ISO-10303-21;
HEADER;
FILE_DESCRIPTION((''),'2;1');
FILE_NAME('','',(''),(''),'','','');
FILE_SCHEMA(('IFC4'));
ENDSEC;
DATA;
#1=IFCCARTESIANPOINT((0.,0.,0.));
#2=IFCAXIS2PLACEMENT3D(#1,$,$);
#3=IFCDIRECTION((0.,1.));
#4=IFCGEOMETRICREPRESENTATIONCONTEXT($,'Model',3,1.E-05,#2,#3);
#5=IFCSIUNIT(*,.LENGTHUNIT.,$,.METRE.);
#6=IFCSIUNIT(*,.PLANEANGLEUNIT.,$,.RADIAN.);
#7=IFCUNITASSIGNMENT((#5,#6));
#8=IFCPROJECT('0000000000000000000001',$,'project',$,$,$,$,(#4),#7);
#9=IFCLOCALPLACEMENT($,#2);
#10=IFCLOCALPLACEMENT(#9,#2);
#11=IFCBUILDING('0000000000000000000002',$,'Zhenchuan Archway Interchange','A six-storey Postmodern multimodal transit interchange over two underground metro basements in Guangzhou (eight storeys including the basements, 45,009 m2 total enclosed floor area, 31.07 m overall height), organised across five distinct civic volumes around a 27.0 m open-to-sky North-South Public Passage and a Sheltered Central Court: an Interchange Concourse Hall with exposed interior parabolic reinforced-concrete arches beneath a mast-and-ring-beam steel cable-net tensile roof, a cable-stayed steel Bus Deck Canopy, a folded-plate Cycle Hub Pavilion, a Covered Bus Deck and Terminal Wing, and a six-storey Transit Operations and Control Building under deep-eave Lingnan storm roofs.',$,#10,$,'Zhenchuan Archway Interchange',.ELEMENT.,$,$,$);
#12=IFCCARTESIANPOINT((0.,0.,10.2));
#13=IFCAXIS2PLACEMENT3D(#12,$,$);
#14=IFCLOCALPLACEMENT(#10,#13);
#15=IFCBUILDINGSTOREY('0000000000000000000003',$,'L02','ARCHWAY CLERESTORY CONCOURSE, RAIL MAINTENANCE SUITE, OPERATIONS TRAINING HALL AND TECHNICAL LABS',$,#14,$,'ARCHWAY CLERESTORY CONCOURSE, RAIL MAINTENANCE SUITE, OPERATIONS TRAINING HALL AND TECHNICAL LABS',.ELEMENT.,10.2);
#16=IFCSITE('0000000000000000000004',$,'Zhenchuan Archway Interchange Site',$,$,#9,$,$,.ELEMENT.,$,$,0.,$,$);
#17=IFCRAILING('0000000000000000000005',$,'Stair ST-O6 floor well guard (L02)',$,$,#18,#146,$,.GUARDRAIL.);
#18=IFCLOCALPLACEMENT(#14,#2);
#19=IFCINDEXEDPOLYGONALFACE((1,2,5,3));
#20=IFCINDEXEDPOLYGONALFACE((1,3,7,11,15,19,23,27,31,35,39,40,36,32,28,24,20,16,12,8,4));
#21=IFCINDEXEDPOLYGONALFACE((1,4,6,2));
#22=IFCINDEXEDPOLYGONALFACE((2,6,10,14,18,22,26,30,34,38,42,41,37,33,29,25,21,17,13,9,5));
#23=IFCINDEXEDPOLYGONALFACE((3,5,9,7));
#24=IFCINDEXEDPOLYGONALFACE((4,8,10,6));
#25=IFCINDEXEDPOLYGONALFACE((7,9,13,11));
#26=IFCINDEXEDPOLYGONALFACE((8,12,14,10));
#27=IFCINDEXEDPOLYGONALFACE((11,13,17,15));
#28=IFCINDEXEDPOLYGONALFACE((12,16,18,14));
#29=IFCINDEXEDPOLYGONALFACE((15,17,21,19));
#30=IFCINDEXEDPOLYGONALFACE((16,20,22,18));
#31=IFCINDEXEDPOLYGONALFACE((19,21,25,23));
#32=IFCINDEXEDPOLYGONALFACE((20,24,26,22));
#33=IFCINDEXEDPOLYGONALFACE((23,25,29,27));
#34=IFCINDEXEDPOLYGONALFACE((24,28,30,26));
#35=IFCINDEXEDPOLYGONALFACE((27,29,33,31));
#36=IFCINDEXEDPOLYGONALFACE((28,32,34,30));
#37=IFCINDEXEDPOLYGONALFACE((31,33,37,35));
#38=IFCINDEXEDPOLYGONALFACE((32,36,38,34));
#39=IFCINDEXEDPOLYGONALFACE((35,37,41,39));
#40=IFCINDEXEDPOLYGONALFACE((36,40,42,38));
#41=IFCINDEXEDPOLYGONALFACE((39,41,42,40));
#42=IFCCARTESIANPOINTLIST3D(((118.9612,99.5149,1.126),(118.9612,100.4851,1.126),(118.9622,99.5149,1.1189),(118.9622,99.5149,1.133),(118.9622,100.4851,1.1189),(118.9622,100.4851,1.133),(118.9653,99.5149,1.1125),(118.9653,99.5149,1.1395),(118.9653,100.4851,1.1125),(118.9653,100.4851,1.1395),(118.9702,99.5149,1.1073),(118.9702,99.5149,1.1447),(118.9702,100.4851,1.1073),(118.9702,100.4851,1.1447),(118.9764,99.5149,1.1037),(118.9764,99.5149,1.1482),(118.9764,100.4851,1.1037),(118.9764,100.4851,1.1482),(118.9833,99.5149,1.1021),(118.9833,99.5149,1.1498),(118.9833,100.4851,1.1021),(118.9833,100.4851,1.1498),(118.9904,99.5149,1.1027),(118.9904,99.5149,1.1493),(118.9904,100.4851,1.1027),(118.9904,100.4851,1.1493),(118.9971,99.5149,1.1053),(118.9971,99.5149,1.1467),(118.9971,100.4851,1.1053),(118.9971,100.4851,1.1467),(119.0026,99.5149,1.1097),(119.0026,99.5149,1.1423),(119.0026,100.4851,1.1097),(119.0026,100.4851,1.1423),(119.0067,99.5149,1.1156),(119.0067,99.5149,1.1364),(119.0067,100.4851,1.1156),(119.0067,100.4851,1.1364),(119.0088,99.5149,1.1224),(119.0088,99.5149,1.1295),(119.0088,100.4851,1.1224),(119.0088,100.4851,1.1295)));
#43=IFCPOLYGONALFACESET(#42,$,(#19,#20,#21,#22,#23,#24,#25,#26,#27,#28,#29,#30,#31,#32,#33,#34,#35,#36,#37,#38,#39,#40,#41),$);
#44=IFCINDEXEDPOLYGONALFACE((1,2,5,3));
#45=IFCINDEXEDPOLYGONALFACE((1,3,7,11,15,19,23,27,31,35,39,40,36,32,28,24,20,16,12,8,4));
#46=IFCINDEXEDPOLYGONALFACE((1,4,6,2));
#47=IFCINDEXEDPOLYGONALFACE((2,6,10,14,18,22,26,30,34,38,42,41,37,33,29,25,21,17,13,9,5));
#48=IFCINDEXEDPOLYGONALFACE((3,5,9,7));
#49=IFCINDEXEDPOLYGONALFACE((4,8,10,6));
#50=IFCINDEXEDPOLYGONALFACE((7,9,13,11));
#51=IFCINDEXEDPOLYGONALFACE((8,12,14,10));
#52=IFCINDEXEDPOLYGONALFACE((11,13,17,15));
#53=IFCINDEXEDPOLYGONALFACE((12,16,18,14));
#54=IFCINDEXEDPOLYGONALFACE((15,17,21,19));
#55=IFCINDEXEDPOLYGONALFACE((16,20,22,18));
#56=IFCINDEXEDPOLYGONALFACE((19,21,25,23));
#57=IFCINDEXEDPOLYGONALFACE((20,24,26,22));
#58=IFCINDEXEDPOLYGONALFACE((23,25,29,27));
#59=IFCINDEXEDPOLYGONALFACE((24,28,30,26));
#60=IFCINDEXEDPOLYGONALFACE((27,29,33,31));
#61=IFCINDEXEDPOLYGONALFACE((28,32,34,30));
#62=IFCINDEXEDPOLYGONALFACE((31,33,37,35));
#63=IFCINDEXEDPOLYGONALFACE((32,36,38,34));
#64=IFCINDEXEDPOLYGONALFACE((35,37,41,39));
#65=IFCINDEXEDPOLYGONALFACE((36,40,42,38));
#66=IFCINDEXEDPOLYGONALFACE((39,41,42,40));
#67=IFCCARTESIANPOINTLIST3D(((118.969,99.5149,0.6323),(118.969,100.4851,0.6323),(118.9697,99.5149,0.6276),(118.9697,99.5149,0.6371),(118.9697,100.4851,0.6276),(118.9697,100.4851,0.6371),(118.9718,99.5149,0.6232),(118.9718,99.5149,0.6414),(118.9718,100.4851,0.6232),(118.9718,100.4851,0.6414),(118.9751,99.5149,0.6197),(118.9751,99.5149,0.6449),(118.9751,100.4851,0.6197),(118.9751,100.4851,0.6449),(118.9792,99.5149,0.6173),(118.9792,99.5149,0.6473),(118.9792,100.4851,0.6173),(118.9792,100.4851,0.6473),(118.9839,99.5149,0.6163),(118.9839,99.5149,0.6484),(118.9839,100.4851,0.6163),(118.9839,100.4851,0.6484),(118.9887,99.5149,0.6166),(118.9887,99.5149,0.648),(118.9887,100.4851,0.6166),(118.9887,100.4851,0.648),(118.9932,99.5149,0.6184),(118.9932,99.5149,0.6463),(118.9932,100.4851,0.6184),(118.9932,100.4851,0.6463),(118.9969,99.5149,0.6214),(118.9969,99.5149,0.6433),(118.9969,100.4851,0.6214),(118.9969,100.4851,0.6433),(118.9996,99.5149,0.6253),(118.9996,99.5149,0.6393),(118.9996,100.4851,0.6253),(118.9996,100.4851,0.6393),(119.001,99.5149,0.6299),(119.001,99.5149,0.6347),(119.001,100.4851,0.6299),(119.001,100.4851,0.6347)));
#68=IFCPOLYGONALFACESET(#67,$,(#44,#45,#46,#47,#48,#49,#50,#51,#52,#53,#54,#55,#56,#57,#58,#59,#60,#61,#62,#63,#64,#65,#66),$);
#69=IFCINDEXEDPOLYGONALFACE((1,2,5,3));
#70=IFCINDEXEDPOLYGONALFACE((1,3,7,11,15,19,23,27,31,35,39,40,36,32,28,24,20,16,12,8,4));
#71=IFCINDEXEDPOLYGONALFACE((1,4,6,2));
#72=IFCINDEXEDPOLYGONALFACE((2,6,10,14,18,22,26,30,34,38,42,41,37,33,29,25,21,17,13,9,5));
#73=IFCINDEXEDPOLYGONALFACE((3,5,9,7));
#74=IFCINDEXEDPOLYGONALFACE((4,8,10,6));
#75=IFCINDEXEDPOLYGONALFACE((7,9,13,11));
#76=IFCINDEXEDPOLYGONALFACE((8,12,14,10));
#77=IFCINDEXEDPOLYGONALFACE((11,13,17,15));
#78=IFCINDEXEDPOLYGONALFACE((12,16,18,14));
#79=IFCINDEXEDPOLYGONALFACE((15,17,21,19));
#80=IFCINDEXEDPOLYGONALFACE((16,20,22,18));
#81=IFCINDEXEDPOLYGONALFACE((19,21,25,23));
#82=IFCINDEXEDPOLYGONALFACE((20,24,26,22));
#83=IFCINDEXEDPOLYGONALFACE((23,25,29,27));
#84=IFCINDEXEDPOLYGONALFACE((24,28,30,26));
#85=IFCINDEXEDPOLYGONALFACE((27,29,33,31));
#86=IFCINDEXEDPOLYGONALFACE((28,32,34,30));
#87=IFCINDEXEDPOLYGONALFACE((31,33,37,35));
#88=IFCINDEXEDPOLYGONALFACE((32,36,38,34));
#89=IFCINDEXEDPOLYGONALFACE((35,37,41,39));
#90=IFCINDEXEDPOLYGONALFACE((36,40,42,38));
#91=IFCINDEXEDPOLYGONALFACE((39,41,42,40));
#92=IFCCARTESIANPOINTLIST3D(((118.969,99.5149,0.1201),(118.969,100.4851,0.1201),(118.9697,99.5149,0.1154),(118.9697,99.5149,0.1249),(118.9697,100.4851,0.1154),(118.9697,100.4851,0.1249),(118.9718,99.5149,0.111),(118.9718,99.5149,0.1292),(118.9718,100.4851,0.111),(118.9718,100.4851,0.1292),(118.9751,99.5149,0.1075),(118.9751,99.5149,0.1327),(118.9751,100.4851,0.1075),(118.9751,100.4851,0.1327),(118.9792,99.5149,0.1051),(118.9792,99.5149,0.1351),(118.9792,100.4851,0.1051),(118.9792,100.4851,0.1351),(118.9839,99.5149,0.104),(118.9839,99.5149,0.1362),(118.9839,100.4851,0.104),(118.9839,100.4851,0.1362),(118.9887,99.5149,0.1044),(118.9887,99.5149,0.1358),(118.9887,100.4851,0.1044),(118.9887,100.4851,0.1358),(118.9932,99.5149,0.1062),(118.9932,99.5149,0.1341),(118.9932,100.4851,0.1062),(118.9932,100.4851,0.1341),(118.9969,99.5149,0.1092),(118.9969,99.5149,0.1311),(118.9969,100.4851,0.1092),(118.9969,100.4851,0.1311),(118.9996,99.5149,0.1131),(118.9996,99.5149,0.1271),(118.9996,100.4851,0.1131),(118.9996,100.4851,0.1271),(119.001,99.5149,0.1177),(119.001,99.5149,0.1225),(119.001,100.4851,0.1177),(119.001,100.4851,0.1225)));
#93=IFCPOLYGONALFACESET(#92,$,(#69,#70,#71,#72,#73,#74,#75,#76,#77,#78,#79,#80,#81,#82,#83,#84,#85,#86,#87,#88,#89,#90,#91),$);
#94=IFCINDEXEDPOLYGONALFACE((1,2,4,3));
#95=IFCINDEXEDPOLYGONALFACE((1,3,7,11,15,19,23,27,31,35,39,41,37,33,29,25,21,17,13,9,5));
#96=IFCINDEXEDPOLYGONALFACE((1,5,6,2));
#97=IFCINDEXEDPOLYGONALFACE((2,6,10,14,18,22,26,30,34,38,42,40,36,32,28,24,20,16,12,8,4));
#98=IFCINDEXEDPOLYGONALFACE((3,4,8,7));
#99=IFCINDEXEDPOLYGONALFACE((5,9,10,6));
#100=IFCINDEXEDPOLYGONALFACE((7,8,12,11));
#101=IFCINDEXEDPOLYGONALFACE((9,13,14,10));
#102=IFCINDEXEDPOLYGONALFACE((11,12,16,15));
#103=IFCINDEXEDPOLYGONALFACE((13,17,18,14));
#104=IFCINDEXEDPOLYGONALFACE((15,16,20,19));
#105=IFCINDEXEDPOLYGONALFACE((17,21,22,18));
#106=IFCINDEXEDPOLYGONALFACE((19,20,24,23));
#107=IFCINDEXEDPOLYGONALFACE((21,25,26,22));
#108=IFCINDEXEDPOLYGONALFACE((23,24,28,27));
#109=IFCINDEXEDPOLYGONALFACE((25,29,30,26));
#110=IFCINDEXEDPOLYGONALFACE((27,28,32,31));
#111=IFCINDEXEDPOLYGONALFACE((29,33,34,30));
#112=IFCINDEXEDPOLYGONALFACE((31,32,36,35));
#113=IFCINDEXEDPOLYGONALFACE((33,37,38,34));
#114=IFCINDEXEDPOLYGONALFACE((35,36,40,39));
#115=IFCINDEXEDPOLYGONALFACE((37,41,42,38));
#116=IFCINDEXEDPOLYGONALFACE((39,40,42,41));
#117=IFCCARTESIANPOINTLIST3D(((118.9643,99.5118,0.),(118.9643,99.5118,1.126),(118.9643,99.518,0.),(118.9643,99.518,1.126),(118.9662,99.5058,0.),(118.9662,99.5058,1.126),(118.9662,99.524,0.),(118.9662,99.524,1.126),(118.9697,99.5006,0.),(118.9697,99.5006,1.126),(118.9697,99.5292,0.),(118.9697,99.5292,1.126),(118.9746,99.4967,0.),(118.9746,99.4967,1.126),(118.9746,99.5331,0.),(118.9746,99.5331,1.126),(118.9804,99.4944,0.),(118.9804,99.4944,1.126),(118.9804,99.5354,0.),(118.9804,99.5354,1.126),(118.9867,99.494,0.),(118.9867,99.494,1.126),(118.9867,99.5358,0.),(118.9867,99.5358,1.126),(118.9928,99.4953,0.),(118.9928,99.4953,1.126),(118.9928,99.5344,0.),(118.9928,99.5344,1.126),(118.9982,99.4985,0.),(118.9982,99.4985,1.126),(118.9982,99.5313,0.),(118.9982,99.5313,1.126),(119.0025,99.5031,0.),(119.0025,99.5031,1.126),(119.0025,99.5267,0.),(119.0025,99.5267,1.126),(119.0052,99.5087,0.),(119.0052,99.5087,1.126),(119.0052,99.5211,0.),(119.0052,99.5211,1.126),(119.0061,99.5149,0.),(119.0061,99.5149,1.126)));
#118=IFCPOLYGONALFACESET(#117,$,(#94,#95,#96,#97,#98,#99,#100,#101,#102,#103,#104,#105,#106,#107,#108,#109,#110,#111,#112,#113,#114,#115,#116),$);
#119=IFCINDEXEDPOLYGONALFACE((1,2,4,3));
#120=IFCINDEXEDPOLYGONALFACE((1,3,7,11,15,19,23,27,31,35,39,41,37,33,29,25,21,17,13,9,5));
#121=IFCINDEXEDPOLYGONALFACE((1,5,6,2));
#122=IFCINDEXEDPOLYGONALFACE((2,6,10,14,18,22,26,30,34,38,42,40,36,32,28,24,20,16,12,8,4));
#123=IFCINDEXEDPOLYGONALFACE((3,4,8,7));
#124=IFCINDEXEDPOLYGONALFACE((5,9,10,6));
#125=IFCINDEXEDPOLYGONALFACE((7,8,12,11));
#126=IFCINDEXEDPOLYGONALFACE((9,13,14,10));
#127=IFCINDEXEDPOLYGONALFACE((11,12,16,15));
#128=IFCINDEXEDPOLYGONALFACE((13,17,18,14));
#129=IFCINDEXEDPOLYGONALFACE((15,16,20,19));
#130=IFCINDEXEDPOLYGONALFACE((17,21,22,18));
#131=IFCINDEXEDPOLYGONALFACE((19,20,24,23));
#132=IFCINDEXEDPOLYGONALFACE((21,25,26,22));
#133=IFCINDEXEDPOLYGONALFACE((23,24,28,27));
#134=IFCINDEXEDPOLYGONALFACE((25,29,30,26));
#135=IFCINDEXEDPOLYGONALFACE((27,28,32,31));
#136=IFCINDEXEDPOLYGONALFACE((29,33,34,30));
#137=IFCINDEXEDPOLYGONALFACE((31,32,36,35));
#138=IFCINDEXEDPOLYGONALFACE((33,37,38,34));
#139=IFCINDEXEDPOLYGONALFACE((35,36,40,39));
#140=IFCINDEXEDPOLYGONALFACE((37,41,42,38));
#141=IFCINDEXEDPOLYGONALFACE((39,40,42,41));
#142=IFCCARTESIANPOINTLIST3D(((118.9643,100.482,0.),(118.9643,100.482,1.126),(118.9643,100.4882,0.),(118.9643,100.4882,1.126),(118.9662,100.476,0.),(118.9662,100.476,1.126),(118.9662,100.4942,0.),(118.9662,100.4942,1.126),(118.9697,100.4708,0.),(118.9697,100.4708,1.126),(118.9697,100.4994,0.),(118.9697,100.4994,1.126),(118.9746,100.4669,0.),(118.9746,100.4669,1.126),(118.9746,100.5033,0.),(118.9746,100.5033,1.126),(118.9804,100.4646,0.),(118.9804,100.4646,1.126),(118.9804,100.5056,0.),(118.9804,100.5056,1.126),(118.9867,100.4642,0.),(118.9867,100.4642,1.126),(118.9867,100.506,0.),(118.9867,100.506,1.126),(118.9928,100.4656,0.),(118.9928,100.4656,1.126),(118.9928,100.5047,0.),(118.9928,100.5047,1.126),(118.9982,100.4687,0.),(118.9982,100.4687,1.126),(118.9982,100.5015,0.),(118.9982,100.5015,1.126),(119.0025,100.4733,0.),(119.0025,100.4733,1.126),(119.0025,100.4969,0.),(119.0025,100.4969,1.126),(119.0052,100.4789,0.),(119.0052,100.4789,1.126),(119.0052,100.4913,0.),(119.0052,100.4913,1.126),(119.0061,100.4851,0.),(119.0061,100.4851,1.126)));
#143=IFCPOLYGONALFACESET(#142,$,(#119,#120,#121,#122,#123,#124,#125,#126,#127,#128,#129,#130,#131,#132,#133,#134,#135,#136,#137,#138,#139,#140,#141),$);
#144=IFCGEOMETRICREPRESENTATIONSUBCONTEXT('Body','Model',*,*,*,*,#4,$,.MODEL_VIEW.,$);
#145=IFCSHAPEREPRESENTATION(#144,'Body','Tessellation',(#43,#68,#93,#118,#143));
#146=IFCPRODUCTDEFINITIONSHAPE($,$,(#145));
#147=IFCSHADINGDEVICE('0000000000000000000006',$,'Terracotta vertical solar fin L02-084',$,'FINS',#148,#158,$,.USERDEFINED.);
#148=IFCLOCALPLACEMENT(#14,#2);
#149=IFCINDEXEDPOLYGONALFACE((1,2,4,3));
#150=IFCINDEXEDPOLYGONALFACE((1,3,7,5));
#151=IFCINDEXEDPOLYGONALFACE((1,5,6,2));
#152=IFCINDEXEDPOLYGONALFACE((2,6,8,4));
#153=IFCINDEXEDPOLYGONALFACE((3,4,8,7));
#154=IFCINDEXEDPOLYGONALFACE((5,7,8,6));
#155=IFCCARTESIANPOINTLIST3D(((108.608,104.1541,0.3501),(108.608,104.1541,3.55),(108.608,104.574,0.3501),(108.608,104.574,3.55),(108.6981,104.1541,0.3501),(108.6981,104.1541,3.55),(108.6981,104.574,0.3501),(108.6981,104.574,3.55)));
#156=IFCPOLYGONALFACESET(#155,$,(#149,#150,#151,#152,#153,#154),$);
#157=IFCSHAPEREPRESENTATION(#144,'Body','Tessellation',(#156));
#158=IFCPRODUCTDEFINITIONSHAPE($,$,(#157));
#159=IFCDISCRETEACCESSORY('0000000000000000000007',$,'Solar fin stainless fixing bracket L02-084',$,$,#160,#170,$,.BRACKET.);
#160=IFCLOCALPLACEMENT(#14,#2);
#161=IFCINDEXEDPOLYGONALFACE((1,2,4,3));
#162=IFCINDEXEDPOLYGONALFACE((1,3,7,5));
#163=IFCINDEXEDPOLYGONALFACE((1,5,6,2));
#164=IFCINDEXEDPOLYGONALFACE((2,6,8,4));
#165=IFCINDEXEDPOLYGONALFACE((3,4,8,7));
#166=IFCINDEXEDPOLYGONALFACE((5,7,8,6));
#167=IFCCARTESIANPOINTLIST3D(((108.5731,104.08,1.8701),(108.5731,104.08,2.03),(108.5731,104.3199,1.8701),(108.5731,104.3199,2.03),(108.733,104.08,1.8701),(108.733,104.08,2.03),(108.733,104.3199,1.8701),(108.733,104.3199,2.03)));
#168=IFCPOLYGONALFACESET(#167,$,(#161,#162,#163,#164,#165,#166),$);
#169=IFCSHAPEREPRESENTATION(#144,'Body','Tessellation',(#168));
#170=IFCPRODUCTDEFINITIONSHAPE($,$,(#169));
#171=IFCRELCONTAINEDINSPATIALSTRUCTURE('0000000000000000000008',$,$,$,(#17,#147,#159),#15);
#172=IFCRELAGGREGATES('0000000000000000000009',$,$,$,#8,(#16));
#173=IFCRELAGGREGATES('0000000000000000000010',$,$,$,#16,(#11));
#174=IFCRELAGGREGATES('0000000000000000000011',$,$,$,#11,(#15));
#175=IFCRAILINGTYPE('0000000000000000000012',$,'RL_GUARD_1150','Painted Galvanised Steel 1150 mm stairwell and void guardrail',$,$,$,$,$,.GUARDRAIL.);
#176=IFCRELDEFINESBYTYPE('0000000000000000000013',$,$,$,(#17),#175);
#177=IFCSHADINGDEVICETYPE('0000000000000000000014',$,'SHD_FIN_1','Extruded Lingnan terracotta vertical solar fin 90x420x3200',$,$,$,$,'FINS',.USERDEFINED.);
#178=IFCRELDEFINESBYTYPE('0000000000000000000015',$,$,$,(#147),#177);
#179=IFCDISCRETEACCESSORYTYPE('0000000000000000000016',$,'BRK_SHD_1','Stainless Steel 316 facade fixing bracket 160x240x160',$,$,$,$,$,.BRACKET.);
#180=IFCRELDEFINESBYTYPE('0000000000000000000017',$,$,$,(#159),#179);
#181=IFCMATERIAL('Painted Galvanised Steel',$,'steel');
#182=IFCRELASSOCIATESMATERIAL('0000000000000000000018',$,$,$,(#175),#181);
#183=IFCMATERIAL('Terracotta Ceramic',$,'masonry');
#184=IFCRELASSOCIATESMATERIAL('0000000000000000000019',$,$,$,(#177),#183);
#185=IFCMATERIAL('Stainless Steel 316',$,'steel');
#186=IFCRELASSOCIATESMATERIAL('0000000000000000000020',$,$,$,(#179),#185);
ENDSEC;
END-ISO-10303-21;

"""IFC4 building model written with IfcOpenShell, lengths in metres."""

from ifc_helpers import new_model, si_unit, direction, frame, origin, origin_2d, place, context, subcontext, project, spatial, rectangle, circle, extrude, material, type_object, element, save


model = new_model("IFC4")

# Units and contexts
model_context = context("Model", 3, precision=1e-05, world=origin(), true_north=direction((0.0, 1.0)))
body_context = subcontext(model_context, "Body", "Model", "MODEL_VIEW")
ifc_project = project(units=[si_unit("LENGTHUNIT", "METRE"), si_unit("PLANEANGLEUNIT", "RADIAN")], contexts=[model_context])

# Site, building, storey
site_placement = place(None, origin())
site = spatial("IfcSite", under=ifc_project, at=site_placement, Name="Zhenchuan Archway Interchange Site", CompositionType="ELEMENT", RefElevation=0.0)
building_placement = place(site_placement, origin())
building = spatial("IfcBuilding", under=site, at=building_placement, Name="Zhenchuan Archway Interchange", Description="A six-storey Postmodern multimodal transit interchange over two underground metro basements in Guangzhou (eight storeys including the basements, 45,009 m2 total enclosed floor area, 31.07 m overall height), organised across five distinct civic volumes around a 27.0 m open-to-sky North-South Public Passage and a Sheltered Central Court: an Interchange Concourse Hall with exposed interior parabolic reinforced-concrete arches beneath a mast-and-ring-beam steel cable-net tensile roof, a cable-stayed steel Bus Deck Canopy, a folded-plate Cycle Hub Pavilion, a Covered Bus Deck and Terminal Wing, and a six-storey Transit Operations and Control Building under deep-eave Lingnan storm roofs.", LongName="Zhenchuan Archway Interchange", CompositionType="ELEMENT")
storey_placement = place(building_placement, frame((0.0, 0.0, 10.2)))
storey = spatial("IfcBuildingStorey", under=building, at=storey_placement, Name="L02", Description="ARCHWAY CLERESTORY CONCOURSE, RAIL MAINTENANCE SUITE, OPERATIONS TRAINING HALL AND TECHNICAL LABS", LongName="ARCHWAY CLERESTORY CONCOURSE, RAIL MAINTENANCE SUITE, OPERATIONS TRAINING HALL AND TECHNICAL LABS", CompositionType="ELEMENT", Elevation=10.2)

# Shared definitions
ifc_material_1 = material(Name="Painted Galvanised Steel", Category="steel")

# Railing
railing_type_1 = type_object("IfcRailingType", Name="RL_GUARD_1150", Description="Painted Galvanised Steel 1150 mm stairwell and void guardrail", PredefinedType="GUARDRAIL", material=ifc_material_1)
railing_placement = place(storey_placement, frame((118.9851, 99.5149, 0.0)))
element("IfcRailing", 1, at=railing_placement, inside=storey, type_object=railing_type_1, Name="Stair ST-O6 floor well guard (L02)", PredefinedType="GUARDRAIL", context=body_context, shape_type="SweptSolid", body=[
    extrude(circle(Radius=0.0239, at=origin_2d()), frame((0.0, 0.0, 1.126), z_axis=(0.0, 1.0, 0.0), x_axis=(-1.0, 0.0, 0.0)), (0.0, 0.0, 1.0), 0.9702),
    extrude(circle(Radius=0.0161, at=origin_2d()), frame((0.0, 0.0, 0.6323), z_axis=(0.0, 1.0, 0.0), x_axis=(-1.0, 0.0, 0.0)), (0.0, 0.0, 1.0), 0.9702),
    extrude(circle(Radius=0.0161, at=origin_2d()), frame((0.0, 0.0, 0.1201), z_axis=(0.0, 1.0, 0.0), x_axis=(-1.0, 0.0, 0.0)), (0.0, 0.0, 1.0), 0.9702),
    extrude(circle(Radius=0.021, at=origin_2d()), origin(), (0.0, 0.0, 1.0), 1.126),
    extrude(circle(Radius=0.021, at=origin_2d()), frame((0.0, 0.9702, 0.0)), (0.0, 0.0, 1.0), 1.126),
])

# Shading device
ifc_material_2 = material(Name="Terracotta Ceramic", Category="masonry")
shading_device_type = type_object("IfcShadingDeviceType", Name="SHD_FIN_1", Description="Extruded Lingnan terracotta vertical solar fin 90x420x3200", ElementType="FINS", PredefinedType="USERDEFINED", material=ifc_material_2)
shading_device_placement = place(storey_placement, frame((108.6531, 104.364, 0.3501), z_axis=(0.0, 0.0, 1.0), x_axis=(1.0, 0.0, 0.0)))
element("IfcShadingDevice", 2, at=shading_device_placement, inside=storey, type_object=shading_device_type, Name="Terracotta vertical solar fin L02-084", ObjectType="FINS", PredefinedType="USERDEFINED", context=body_context, shape_type="SweptSolid", body=[
    extrude(rectangle(XDim=0.0901, YDim=0.4199, at=origin_2d()), origin(), (0.0, 0.0, 1.0), 3.2),
])

# Discrete accessory
ifc_material_3 = material(Name="Stainless Steel 316", Category="steel")
discrete_accessory_type = type_object("IfcDiscreteAccessoryType", Name="BRK_SHD_1", Description="Stainless Steel 316 facade fixing bracket 160x240x160", PredefinedType="BRACKET", material=ifc_material_3)
discrete_accessory_placement = place(storey_placement, frame((108.6531, 104.2, 1.8701), z_axis=(0.0, 0.0, 1.0), x_axis=(1.0, 0.0, 0.0)))
element("IfcDiscreteAccessory", 3, at=discrete_accessory_placement, inside=storey, type_object=discrete_accessory_type, Name="Solar fin stainless fixing bracket L02-084", PredefinedType="BRACKET", context=body_context, shape_type="SweptSolid", body=[
    extrude(rectangle(XDim=0.1599, YDim=0.24, at=origin_2d()), origin(), (0.0, 0.0, 1.0), 0.1599),
])

save(model, "model.ifc")
